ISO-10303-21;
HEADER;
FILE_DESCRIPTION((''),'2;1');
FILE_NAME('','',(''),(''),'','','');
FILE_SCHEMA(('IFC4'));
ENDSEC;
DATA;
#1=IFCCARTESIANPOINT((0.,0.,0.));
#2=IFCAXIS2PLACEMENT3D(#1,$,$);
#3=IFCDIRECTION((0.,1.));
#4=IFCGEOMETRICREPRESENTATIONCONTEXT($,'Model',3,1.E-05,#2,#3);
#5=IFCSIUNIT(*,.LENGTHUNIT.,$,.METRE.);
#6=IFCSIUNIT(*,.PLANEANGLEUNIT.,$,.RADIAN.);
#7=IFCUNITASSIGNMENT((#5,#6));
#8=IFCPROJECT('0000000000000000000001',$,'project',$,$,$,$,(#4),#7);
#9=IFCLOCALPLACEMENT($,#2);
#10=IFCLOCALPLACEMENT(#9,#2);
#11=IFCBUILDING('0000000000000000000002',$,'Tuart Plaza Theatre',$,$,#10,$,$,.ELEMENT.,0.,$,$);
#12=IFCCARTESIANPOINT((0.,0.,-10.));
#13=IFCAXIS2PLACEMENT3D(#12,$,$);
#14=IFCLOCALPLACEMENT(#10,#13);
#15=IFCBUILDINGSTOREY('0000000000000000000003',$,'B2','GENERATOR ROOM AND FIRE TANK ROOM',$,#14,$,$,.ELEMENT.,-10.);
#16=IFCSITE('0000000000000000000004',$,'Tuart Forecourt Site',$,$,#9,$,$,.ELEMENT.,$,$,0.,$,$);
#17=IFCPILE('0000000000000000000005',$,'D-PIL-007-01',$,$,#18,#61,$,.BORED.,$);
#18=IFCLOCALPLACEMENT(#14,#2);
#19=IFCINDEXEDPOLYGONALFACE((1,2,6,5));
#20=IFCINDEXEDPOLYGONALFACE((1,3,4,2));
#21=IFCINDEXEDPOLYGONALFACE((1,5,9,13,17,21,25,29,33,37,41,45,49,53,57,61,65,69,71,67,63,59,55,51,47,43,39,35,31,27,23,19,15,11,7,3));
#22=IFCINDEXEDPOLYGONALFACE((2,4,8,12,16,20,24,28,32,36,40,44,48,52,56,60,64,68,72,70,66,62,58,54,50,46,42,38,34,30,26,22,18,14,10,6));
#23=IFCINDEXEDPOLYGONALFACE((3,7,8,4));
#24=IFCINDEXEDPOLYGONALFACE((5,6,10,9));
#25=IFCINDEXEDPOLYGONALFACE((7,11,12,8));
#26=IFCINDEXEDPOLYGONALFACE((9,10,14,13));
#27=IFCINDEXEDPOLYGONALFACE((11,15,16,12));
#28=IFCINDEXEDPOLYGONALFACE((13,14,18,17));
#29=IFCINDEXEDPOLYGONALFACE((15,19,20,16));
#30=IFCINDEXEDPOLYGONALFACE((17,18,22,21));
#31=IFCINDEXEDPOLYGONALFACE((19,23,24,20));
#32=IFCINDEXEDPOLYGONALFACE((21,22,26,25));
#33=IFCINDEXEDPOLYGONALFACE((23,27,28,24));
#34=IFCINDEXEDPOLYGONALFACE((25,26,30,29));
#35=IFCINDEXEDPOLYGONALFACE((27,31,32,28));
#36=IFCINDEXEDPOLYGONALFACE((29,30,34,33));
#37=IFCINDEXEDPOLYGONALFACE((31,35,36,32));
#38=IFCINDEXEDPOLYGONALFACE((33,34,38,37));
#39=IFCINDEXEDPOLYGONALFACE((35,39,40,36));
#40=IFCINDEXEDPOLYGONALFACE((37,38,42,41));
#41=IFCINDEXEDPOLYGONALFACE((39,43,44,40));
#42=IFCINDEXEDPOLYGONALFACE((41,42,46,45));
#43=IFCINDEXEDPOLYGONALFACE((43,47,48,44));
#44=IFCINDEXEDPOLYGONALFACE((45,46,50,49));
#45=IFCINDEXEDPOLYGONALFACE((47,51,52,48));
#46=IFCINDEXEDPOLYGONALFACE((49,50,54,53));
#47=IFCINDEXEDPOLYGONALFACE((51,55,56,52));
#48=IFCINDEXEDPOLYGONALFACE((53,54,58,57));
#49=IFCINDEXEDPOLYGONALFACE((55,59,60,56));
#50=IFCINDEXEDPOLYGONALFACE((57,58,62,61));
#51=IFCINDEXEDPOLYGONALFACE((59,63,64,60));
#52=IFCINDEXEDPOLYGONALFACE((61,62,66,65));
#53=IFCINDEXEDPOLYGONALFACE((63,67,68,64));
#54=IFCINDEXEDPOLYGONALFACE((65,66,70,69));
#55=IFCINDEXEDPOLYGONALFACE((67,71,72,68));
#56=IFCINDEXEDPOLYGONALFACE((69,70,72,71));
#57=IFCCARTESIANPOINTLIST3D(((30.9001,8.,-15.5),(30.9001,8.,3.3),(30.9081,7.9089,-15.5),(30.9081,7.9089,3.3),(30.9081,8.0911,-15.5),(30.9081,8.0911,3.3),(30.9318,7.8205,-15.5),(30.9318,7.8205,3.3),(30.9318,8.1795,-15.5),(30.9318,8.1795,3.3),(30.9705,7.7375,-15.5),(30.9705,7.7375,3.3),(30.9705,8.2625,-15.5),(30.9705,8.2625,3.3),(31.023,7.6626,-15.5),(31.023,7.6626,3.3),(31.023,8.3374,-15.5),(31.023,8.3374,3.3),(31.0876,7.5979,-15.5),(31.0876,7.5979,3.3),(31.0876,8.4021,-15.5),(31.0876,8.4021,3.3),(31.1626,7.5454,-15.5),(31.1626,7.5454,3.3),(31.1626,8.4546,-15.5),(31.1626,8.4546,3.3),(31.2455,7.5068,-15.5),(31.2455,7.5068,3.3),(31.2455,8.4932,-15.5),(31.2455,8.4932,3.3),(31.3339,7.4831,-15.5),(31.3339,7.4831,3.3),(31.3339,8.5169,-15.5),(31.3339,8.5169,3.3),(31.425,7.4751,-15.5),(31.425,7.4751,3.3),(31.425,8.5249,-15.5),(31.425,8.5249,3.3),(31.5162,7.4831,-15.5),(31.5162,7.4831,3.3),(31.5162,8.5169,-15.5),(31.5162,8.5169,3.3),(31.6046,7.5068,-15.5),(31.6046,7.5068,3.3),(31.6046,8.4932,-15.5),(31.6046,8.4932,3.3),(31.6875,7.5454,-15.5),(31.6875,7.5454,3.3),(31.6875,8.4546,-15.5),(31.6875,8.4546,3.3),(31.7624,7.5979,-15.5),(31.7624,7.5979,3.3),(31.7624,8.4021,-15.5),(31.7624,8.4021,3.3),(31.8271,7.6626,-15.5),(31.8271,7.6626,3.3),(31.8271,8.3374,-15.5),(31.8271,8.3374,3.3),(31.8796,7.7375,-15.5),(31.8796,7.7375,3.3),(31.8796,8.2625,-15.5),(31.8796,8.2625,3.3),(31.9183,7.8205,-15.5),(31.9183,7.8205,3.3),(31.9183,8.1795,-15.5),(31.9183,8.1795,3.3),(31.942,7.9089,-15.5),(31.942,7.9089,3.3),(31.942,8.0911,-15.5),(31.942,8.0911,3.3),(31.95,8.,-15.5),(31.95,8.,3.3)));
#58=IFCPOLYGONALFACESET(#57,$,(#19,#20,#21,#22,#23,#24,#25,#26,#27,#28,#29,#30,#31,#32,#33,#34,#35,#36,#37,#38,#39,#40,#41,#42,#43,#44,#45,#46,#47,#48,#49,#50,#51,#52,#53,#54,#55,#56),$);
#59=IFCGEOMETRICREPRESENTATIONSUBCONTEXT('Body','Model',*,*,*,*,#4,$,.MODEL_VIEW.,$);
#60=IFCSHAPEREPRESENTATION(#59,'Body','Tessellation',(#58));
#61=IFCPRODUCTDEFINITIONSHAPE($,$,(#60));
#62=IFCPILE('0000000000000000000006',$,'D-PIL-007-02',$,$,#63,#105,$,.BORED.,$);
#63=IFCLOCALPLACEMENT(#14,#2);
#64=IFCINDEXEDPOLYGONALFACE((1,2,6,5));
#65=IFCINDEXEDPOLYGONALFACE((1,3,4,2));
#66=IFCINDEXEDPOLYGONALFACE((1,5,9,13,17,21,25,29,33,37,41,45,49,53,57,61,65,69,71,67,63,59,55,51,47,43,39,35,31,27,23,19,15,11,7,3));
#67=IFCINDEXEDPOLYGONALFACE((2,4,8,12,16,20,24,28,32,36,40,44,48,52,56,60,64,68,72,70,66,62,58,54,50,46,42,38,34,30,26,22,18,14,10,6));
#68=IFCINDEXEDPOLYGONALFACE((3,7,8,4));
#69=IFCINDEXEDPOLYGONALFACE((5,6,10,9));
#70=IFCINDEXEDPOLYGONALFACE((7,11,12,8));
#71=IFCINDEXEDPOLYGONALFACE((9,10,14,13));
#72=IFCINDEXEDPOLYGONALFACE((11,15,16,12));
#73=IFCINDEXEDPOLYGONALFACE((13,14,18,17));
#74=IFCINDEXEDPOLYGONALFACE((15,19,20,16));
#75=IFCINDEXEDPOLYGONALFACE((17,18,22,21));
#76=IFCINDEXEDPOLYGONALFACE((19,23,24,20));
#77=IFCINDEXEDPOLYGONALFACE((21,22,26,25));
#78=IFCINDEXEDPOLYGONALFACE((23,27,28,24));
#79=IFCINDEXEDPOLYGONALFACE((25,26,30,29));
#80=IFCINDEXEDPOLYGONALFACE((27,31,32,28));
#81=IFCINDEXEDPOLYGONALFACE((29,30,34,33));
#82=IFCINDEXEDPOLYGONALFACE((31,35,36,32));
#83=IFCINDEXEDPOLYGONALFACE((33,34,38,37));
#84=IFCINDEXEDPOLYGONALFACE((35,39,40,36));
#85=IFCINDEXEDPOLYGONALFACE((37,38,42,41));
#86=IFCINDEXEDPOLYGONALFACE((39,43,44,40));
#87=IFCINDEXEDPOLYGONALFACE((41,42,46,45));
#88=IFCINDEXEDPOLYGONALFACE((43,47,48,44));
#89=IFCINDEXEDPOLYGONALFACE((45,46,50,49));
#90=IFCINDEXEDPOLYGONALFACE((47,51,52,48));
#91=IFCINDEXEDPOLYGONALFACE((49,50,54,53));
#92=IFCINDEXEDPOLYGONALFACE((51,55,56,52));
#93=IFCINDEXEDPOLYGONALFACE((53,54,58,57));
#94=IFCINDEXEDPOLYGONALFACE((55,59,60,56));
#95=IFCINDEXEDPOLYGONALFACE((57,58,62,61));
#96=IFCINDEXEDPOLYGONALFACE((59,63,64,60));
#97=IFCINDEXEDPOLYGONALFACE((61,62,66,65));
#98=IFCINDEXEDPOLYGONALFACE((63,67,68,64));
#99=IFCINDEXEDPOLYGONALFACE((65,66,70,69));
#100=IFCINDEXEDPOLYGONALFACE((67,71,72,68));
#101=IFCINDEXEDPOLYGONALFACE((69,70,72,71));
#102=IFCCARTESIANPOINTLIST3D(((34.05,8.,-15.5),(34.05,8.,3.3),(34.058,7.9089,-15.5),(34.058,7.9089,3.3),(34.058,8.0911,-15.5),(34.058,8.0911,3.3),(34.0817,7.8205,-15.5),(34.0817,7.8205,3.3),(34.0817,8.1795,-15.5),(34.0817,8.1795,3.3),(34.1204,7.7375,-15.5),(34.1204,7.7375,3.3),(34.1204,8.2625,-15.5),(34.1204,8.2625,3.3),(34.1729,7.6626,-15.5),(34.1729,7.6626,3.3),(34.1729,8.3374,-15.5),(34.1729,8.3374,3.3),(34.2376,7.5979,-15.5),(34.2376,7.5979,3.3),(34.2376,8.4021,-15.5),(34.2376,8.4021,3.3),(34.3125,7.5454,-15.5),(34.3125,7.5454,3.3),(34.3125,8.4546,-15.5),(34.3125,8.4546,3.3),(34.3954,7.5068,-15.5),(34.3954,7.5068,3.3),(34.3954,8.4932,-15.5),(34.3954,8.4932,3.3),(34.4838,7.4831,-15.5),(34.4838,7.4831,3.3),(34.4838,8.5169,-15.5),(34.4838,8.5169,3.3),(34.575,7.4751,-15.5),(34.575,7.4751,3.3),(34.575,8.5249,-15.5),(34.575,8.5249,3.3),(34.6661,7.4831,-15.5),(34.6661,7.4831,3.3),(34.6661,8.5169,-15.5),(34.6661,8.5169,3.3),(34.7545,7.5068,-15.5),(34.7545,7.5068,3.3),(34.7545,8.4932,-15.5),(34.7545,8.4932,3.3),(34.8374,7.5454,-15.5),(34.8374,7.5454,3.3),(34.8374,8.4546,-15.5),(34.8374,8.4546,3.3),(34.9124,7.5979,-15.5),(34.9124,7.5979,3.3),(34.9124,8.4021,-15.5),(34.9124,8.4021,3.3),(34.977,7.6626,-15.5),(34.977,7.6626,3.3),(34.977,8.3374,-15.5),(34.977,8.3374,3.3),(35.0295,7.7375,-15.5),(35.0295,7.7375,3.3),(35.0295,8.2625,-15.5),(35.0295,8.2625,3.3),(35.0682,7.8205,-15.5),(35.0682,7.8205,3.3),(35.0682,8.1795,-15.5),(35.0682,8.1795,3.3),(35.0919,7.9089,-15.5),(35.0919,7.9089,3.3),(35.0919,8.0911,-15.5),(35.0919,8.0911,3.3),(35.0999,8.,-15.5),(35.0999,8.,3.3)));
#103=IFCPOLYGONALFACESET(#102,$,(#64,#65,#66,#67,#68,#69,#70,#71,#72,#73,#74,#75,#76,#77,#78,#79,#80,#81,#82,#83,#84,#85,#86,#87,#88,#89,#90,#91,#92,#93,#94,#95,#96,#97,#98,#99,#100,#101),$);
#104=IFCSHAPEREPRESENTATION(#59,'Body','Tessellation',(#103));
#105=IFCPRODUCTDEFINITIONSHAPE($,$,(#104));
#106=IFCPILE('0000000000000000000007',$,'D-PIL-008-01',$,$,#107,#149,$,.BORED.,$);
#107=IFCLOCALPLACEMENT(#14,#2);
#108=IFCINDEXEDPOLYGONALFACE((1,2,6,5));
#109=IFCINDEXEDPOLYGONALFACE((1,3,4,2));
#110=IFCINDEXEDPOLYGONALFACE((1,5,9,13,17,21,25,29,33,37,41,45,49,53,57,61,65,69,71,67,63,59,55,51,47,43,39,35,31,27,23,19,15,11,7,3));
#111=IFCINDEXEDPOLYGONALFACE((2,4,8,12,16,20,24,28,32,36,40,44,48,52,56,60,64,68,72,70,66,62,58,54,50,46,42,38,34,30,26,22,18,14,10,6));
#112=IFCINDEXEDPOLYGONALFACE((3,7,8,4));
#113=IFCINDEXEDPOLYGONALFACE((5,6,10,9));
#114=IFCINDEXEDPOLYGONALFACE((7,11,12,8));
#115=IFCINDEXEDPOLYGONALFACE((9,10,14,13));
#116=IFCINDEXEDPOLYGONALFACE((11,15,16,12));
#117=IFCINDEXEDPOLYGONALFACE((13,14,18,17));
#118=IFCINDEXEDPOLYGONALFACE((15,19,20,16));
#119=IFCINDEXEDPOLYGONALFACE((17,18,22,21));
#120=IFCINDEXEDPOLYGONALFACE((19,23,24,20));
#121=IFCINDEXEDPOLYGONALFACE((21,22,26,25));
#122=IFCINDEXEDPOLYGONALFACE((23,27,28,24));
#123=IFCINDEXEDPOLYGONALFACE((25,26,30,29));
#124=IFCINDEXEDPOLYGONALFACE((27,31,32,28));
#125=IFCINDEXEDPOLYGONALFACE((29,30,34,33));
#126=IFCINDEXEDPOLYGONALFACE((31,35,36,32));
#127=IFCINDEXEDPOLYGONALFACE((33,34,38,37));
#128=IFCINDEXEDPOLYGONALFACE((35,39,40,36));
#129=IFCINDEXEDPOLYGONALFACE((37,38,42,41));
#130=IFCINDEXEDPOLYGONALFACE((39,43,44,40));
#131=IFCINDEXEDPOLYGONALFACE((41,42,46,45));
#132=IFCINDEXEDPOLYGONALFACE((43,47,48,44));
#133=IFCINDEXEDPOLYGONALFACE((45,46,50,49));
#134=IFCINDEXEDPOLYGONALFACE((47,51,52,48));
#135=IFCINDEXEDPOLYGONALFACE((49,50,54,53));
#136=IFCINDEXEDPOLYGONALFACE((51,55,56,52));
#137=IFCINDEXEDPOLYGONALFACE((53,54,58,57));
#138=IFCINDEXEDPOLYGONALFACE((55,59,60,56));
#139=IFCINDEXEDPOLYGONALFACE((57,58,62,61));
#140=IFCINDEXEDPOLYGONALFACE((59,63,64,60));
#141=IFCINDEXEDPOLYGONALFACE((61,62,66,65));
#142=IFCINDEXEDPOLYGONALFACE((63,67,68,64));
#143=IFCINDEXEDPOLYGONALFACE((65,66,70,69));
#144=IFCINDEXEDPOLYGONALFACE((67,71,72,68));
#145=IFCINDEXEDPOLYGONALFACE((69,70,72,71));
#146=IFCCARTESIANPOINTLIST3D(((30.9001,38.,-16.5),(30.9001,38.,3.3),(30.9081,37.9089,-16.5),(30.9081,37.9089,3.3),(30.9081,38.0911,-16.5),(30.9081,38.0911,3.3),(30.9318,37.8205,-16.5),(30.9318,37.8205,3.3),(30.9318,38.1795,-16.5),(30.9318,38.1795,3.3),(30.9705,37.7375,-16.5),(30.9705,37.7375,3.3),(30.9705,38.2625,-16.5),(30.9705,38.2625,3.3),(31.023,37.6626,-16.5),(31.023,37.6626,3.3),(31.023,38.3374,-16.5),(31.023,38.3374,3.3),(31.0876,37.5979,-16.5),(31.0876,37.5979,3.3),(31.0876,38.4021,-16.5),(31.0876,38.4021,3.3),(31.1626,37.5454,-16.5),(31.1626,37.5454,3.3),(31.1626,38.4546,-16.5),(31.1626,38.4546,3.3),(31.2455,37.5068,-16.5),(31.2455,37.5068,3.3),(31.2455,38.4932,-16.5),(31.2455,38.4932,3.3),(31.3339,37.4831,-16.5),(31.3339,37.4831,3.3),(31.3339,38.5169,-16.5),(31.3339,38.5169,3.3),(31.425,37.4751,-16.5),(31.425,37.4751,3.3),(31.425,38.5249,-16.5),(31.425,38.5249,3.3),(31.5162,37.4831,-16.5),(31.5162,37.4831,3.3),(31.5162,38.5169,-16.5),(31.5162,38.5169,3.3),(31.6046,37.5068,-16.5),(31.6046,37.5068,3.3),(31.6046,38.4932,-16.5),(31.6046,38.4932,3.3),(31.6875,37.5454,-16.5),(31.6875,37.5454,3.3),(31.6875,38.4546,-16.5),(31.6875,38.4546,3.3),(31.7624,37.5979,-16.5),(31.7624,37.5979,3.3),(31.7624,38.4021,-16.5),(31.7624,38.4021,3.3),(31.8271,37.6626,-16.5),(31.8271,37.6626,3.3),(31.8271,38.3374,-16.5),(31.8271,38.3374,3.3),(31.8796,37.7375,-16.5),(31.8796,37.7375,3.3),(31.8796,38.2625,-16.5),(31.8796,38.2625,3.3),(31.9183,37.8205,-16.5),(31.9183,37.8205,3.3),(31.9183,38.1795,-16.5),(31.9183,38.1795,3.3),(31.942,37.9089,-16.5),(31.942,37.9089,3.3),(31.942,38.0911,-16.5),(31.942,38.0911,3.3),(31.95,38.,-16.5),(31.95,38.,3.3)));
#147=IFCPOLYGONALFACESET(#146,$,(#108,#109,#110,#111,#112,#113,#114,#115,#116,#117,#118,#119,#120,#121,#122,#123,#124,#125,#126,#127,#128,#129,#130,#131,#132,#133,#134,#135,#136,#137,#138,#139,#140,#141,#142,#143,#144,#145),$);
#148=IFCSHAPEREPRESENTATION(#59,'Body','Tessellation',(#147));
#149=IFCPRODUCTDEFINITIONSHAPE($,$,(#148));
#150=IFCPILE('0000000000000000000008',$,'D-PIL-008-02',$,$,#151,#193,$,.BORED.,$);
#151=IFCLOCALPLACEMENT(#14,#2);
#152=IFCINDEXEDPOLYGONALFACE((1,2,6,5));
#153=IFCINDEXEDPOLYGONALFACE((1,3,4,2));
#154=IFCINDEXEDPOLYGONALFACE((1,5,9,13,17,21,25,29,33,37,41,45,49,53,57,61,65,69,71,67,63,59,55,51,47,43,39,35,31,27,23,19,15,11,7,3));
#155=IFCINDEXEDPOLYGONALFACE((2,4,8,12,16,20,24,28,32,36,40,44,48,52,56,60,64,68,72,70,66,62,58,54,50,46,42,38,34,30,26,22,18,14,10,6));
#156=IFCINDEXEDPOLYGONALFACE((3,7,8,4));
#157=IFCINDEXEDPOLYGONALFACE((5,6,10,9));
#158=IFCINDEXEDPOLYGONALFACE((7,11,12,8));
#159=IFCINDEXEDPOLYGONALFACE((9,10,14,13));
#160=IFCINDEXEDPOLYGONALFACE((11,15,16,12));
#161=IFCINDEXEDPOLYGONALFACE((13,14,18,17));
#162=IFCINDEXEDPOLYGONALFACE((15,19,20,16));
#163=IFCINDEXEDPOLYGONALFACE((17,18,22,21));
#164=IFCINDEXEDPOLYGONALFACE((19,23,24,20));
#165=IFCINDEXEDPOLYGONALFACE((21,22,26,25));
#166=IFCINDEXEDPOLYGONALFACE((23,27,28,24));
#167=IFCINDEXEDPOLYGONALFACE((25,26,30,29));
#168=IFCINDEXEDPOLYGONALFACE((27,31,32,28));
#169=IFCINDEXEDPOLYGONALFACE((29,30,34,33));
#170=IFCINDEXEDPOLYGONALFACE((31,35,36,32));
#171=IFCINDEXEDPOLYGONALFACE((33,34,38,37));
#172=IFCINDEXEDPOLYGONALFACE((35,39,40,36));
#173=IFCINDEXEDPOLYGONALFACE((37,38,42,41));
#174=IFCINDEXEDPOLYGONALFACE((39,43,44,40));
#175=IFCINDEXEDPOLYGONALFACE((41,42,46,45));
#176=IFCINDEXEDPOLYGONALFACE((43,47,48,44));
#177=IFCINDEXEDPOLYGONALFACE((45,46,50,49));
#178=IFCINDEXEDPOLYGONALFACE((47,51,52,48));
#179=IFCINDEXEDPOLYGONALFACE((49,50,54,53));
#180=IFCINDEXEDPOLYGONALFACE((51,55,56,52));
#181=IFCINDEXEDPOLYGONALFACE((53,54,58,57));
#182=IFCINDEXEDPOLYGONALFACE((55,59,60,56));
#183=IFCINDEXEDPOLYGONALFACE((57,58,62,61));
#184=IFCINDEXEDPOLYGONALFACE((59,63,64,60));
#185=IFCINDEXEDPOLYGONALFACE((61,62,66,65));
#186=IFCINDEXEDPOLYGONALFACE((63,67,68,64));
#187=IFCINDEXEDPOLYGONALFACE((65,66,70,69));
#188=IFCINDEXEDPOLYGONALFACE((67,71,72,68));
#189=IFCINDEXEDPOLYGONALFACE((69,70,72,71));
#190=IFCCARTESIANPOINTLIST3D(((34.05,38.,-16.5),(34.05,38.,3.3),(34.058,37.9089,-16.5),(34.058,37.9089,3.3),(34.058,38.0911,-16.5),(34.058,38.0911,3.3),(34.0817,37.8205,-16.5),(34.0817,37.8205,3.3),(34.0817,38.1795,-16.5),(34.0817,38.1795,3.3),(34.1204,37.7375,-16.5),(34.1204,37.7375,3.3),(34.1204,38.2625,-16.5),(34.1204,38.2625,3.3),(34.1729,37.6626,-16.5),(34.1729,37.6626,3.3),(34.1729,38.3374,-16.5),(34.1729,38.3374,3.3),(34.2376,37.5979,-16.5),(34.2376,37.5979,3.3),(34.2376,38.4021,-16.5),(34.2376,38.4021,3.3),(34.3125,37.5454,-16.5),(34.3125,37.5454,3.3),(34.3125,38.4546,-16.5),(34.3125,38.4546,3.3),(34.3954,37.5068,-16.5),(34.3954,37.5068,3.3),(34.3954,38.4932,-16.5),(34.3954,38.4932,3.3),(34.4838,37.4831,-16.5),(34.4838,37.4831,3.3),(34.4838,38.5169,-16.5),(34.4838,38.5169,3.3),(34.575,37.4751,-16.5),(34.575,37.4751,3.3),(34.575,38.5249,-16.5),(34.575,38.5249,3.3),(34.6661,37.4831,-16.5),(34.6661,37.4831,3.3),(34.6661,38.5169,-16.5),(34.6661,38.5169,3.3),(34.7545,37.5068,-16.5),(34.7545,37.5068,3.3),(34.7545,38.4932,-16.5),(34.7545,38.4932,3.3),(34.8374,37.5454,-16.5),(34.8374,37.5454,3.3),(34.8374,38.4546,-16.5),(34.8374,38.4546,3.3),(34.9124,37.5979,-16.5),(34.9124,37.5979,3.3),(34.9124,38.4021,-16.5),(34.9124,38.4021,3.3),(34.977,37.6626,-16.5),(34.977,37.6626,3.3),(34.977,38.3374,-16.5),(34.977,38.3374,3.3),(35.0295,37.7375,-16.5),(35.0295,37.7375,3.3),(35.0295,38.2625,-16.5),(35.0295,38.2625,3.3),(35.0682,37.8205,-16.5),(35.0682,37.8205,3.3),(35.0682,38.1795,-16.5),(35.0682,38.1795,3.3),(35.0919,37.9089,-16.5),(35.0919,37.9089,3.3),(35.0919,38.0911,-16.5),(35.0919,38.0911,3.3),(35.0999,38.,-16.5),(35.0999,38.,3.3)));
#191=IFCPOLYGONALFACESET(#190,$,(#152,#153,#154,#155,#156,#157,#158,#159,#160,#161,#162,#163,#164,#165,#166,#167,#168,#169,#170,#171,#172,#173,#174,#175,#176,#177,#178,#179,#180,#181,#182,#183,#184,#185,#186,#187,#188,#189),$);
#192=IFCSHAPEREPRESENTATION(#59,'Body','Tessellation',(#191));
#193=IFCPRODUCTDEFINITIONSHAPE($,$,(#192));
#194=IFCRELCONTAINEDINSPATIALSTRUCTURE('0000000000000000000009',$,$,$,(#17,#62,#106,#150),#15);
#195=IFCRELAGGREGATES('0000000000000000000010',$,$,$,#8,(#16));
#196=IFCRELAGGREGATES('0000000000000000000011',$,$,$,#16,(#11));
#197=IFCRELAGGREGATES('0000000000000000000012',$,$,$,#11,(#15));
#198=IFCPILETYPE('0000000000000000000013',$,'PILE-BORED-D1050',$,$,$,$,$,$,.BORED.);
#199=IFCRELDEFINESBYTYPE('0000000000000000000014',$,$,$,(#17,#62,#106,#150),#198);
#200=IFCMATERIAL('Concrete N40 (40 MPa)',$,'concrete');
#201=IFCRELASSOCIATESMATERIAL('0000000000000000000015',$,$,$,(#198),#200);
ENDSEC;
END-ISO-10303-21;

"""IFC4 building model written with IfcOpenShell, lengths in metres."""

from ifc_helpers import new_model, si_unit, direction, frame, origin, origin_2d, place, context, subcontext, project, spatial, circle, extrude, material, material_profile, profile_set, type_object, element, save


model = new_model("IFC4")

# Units and contexts
model_context = context("Model", 3, precision=1e-05, world=origin(), true_north=direction((0.0, 1.0)))
body_context = subcontext(model_context, "Body", "Model", "MODEL_VIEW")
ifc_project = project(units=[si_unit("LENGTHUNIT", "METRE"), si_unit("PLANEANGLEUNIT", "RADIAN")], contexts=[model_context])

# Site, building, storey
site_placement = place(None, origin())
site = spatial("IfcSite", under=ifc_project, at=site_placement, Name="Tuart Forecourt Site", CompositionType="ELEMENT", RefElevation=0.0)
building_placement = place(site_placement, origin())
building = spatial("IfcBuilding", under=site, at=building_placement, Name="Tuart Plaza Theatre", CompositionType="ELEMENT", ElevationOfRefHeight=0.0)
storey_placement = place(building_placement, frame((0.0, 0.0, -10.0)))
storey = spatial("IfcBuildingStorey", under=building, at=storey_placement, Name="B2", Description="GENERATOR ROOM AND FIRE TANK ROOM", CompositionType="ELEMENT", Elevation=-10.0)

# Piles
ifc_material_1 = material(Name="Concrete N40 (40 MPa)", Category="concrete")
ifc_material_profile_1 = material_profile(ifc_material_1, circle(Radius=0.5249, at=origin_2d()), Name="PILE-BORED-D1050")
ifc_profile_set_1 = profile_set([ifc_material_profile_1], Name="Concrete N40 (40 MPa)")
pile_type_1 = type_object("IfcPileType", Name="PILE-BORED-D1050", PredefinedType="BORED", material=ifc_profile_set_1)
for number, where, z_axis, x_axis, name in (
    (1, (31.425, 8.0, 3.3), (0.0, 0.0, -1.0), (1.0, 0.0, 0.0), "D-PIL-007-01"),
    (2, (34.575, 8.0, 3.3), (0.0, 0.0, -1.0), (1.0, 0.0, 0.0), "D-PIL-007-02"),
):
    element("IfcPile", number, at=place(storey_placement, frame(where, z_axis=z_axis, x_axis=x_axis)), inside=storey, type_object=pile_type_1, Name=name, PredefinedType="BORED", context=body_context, shape_type="SweptSolid", body=[
        extrude(circle(Radius=0.5249, at=origin_2d()), origin(), (0.0, 0.0, 1.0), 18.8),
    ])
for number, where, z_axis, x_axis, name in (
    (3, (31.425, 38.0, 3.3), (0.0, 0.0, -1.0), (1.0, 0.0, 0.0), "D-PIL-008-01"),
    (4, (34.575, 38.0, 3.3), (0.0, 0.0, -1.0), (1.0, 0.0, 0.0), "D-PIL-008-02"),
):
    element("IfcPile", number, at=place(storey_placement, frame(where, z_axis=z_axis, x_axis=x_axis)), inside=storey, type_object=pile_type_1, Name=name, PredefinedType="BORED", context=body_context, shape_type="SweptSolid", body=[
        extrude(circle(Radius=0.5249, at=origin_2d()), origin(), (0.0, 0.0, 1.0), 19.8),
    ])

save(model, "model.ifc")
